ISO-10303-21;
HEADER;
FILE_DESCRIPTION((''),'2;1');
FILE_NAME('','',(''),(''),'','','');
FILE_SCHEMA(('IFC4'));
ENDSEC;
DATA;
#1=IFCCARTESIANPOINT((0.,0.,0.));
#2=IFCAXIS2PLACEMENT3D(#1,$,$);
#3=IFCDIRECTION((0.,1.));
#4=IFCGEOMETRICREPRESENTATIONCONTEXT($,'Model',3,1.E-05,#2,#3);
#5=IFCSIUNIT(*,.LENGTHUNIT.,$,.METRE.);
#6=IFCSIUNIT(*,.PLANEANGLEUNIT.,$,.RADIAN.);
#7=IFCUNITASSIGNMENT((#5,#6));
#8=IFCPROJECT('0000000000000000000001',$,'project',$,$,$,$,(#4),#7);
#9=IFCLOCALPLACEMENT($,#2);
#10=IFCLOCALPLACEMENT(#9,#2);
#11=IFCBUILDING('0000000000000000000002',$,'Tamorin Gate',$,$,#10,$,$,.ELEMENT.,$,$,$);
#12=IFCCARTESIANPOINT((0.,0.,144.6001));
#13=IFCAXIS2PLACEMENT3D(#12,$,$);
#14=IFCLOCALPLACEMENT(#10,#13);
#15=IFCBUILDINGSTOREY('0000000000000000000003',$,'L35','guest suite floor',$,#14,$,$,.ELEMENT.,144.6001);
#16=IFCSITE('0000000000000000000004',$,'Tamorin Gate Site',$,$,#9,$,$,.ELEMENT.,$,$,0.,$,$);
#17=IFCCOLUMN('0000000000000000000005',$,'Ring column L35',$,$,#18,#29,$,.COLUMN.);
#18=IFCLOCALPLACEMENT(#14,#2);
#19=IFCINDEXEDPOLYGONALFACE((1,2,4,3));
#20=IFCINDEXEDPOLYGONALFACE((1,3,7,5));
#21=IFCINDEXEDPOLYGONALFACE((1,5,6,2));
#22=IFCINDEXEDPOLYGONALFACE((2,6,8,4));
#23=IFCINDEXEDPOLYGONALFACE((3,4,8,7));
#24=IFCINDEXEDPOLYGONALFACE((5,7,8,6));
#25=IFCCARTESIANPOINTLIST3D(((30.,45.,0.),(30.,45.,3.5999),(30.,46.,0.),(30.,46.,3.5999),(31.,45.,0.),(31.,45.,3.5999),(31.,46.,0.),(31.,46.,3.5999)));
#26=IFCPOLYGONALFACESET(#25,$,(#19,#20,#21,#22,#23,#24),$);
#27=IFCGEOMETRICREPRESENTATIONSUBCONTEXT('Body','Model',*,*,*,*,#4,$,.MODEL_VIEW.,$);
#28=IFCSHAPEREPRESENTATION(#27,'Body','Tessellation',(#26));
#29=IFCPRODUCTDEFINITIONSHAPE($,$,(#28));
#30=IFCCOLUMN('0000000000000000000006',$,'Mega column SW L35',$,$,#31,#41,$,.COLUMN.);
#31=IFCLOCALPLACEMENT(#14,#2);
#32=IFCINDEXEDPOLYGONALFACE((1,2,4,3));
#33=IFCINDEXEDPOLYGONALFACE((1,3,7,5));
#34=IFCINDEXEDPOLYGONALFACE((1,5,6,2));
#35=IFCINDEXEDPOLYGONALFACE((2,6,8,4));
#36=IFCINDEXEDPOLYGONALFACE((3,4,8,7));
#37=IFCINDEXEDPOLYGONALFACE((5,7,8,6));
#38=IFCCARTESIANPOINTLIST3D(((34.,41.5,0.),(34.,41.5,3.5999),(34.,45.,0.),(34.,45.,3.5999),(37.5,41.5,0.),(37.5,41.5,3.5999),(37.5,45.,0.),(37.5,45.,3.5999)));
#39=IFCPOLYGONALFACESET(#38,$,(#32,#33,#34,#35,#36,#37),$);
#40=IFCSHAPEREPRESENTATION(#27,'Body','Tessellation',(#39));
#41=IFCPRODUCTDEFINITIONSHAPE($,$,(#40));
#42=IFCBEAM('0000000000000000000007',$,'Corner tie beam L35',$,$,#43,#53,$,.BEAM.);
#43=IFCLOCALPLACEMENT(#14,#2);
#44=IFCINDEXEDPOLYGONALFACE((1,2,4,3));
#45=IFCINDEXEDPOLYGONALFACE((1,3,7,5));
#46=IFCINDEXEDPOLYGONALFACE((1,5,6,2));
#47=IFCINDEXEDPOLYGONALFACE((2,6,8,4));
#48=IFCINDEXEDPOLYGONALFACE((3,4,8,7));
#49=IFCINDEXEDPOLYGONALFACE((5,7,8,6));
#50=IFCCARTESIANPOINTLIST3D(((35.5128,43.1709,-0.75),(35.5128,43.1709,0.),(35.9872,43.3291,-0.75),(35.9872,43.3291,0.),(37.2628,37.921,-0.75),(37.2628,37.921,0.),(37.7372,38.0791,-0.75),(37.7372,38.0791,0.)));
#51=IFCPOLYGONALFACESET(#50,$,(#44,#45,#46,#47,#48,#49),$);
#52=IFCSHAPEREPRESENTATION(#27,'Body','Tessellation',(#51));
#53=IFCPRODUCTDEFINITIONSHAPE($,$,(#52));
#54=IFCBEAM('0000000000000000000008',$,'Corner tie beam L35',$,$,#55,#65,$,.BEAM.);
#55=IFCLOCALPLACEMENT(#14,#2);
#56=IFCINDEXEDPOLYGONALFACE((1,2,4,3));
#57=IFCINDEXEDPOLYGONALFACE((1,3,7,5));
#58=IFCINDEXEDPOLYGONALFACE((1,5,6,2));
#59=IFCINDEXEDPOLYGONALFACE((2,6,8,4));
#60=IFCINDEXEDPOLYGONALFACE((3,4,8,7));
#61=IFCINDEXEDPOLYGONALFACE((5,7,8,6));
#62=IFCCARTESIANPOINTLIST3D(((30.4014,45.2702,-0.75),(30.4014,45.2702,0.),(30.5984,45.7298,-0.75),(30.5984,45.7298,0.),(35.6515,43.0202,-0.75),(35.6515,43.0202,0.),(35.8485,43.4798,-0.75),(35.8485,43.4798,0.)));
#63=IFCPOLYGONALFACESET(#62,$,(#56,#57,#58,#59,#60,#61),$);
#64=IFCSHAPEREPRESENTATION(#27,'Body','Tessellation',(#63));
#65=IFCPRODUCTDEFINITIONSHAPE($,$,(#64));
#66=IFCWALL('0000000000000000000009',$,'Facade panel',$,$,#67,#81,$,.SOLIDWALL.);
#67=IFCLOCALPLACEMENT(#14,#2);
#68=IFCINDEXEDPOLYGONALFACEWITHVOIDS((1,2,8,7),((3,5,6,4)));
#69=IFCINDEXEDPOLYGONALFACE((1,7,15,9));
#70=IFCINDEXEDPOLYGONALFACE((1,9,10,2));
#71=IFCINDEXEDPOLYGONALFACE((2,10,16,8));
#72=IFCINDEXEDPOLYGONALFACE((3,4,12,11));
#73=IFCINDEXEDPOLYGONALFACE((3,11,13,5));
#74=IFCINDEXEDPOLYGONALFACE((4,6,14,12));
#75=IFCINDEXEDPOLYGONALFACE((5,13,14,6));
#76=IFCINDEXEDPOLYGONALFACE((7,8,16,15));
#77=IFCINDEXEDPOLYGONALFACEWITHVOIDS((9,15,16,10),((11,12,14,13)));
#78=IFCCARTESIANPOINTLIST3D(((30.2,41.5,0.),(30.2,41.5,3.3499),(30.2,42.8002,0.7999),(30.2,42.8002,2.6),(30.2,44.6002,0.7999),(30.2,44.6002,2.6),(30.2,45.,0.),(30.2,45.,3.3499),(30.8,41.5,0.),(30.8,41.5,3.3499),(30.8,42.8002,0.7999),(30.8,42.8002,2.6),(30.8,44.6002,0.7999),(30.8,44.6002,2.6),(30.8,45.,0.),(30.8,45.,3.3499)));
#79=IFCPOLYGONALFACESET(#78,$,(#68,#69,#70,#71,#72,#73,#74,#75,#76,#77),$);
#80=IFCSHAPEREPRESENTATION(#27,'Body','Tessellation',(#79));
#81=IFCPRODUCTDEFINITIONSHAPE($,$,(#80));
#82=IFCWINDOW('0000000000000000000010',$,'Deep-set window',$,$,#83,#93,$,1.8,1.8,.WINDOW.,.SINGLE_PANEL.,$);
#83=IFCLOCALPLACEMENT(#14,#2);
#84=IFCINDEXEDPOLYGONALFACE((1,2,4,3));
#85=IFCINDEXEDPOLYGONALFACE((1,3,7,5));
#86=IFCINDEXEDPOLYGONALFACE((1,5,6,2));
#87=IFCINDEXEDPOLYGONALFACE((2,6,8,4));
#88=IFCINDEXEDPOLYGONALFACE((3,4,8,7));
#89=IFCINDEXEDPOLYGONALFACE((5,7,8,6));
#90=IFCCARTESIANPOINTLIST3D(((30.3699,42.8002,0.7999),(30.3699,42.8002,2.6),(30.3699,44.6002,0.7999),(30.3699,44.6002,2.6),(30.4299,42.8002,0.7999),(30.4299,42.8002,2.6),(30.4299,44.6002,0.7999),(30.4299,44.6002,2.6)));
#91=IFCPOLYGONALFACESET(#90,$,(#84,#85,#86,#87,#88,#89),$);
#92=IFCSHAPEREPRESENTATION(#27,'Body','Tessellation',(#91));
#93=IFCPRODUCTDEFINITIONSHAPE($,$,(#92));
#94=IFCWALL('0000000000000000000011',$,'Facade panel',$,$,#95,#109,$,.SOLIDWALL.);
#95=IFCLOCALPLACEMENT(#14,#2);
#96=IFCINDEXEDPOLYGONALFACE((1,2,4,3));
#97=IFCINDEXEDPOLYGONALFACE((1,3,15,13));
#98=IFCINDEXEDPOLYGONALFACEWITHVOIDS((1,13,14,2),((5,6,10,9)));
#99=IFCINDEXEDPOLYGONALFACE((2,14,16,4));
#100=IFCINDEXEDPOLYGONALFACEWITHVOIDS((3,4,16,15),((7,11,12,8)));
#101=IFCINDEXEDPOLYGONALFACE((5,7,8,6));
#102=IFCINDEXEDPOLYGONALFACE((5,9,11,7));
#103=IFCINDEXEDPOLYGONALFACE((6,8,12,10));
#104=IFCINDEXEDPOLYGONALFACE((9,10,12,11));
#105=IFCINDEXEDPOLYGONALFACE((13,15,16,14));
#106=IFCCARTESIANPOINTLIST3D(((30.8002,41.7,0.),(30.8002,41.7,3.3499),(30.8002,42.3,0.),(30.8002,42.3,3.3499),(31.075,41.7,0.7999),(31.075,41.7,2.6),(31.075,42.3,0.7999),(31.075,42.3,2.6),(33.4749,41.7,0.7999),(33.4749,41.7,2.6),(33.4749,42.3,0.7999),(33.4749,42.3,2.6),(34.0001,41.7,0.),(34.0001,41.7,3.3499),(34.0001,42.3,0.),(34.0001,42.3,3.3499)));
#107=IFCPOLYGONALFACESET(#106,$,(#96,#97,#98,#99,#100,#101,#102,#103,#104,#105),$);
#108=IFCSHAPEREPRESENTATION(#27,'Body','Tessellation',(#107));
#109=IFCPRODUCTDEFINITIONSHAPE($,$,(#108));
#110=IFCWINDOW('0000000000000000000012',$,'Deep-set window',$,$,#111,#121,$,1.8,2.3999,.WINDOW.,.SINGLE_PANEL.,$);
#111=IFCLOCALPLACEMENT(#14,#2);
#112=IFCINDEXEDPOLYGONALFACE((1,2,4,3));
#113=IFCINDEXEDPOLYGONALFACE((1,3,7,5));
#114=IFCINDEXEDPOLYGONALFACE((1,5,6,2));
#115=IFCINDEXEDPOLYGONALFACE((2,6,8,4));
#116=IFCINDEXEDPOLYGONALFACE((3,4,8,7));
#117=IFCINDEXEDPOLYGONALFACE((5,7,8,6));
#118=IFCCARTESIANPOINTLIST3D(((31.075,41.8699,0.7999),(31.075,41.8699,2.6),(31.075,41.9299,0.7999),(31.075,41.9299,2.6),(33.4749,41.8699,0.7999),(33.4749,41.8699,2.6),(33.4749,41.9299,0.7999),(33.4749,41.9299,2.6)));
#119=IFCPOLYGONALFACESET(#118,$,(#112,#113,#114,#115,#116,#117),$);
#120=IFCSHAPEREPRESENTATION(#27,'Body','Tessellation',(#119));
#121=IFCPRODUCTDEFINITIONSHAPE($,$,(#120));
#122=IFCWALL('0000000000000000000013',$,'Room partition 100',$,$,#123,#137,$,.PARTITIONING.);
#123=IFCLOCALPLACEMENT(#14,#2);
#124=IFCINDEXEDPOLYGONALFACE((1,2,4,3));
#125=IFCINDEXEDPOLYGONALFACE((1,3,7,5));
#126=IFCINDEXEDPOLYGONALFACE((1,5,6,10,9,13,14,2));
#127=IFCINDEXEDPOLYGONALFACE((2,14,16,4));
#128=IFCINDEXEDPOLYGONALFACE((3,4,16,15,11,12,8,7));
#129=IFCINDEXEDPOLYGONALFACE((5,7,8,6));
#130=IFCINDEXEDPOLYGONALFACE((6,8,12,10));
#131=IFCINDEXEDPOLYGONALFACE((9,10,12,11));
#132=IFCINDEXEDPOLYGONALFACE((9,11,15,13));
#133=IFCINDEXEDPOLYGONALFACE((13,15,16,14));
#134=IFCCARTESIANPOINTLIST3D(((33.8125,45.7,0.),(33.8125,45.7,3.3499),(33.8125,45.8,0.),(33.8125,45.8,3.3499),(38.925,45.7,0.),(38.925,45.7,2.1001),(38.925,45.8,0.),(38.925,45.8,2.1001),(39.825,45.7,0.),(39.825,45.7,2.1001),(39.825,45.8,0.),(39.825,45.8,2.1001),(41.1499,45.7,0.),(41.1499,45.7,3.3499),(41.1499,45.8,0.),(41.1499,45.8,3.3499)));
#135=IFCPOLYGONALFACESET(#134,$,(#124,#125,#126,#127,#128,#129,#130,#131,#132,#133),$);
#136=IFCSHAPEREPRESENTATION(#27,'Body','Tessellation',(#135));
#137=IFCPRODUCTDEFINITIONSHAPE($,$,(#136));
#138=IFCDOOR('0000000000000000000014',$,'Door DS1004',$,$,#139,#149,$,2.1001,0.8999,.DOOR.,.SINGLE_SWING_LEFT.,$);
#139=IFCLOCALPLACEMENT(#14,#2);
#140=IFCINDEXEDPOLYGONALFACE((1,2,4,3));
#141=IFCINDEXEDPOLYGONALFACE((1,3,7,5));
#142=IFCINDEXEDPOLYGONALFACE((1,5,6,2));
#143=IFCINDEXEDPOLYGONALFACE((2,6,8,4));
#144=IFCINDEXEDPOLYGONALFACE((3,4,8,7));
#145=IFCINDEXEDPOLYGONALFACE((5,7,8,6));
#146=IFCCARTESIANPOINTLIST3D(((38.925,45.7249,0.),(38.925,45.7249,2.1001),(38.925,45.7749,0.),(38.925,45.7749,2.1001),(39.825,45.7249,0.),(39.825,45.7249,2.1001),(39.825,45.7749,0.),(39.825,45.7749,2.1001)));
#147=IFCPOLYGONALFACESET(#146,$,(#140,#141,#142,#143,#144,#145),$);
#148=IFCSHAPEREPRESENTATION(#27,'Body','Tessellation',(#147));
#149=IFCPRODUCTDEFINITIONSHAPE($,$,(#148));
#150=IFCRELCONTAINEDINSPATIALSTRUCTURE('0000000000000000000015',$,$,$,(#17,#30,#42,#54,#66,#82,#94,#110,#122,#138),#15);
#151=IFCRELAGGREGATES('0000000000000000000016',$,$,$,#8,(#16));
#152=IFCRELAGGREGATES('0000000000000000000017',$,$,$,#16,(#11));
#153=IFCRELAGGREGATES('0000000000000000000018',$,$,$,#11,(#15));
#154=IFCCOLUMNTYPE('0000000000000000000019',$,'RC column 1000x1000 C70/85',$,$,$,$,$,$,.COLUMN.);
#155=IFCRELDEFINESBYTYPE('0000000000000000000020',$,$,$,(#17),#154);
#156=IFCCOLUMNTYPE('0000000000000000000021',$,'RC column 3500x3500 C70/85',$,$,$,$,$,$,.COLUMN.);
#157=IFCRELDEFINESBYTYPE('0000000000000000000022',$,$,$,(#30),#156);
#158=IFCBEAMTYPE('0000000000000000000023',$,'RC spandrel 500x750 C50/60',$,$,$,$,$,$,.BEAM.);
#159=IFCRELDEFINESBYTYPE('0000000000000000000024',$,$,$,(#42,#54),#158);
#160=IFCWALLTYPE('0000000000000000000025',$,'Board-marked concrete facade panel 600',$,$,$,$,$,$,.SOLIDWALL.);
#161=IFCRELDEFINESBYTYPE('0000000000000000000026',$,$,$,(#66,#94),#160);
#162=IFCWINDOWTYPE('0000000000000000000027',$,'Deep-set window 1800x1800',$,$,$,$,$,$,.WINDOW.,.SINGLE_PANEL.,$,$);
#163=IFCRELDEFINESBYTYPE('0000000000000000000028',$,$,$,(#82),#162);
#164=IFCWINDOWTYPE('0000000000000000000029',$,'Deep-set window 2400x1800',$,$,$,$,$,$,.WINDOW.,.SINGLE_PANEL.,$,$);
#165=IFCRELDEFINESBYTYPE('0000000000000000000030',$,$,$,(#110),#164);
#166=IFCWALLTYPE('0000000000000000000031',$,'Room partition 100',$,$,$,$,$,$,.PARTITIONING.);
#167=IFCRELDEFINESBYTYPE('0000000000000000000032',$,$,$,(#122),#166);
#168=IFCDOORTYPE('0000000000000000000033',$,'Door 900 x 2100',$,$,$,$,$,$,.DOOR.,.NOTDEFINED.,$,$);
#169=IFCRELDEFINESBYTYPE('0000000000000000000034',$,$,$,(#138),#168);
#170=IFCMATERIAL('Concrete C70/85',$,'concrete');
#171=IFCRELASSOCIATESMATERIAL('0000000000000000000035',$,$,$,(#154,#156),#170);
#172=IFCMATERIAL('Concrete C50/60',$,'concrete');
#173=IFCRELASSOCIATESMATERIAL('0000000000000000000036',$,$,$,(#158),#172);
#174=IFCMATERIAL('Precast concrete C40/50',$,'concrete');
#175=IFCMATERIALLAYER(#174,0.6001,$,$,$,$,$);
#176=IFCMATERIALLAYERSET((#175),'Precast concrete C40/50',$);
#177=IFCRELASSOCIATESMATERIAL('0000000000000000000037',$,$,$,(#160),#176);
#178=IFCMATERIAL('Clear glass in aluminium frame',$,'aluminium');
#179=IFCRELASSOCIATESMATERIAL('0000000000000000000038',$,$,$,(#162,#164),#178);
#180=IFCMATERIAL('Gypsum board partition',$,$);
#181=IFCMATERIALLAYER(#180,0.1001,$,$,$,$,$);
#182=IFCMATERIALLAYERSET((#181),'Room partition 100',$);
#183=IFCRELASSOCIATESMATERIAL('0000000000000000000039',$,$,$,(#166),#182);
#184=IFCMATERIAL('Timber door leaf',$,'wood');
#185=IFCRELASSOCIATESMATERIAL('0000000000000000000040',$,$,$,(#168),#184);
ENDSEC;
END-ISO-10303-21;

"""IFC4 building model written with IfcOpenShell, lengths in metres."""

from ifc_helpers import new_model, si_unit, direction, frame, frame_2d, origin, origin_2d, place, context, subcontext, project, spatial, rectangle, extrude, material, layer, layer_set, material_profile, profile_set, type_object, element, fill, save


model = new_model("IFC4")

# Units and contexts
model_context = context("Model", 3, precision=1e-05, world=origin(), true_north=direction((0.0, 1.0)))
body_context = subcontext(model_context, "Body", "Model", "MODEL_VIEW")
ifc_project = project(units=[si_unit("LENGTHUNIT", "METRE"), si_unit("PLANEANGLEUNIT", "RADIAN")], contexts=[model_context])

# Site, building, storey
site_placement = place(None, origin())
site = spatial("IfcSite", under=ifc_project, at=site_placement, Name="Tamorin Gate Site", CompositionType="ELEMENT", RefElevation=0.0)
building_placement = place(site_placement, origin())
building = spatial("IfcBuilding", under=site, at=building_placement, Name="Tamorin Gate", CompositionType="ELEMENT")
storey_placement = place(building_placement, frame((0.0, 0.0, 144.6001)))
storey = spatial("IfcBuildingStorey", under=building, at=storey_placement, Name="L35", Description="guest suite floor", CompositionType="ELEMENT", Elevation=144.6001)

# Columns
ifc_material_1 = material(Name="Concrete C70/85", Category="concrete")
ifc_material_profile_1 = material_profile(ifc_material_1, rectangle(XDim=1.0, YDim=1.0, at=origin_2d()), Name="RC 1000x1000")
ifc_profile_set_1 = profile_set([ifc_material_profile_1], Name="Concrete C70/85")
column_type_1 = type_object("IfcColumnType", Name="RC column 1000x1000 C70/85", PredefinedType="COLUMN", material=ifc_profile_set_1)
column_1_placement = place(storey_placement, frame((30.5, 45.5, 0.0), z_axis=(0.0, 0.0, 1.0), x_axis=(1.0, 0.0, 0.0)))
element("IfcColumn", 1, at=column_1_placement, inside=storey, type_object=column_type_1, Name="Ring column L35", PredefinedType="COLUMN", context=body_context, shape_type="SweptSolid", body=[
    extrude(rectangle(XDim=1.0, YDim=1.0, at=origin_2d()), origin(), (0.0, 0.0, 1.0), 3.5999),
])
ifc_material_profile_2 = material_profile(ifc_material_1, rectangle(XDim=3.5, YDim=3.5, at=origin_2d()), Name="RC 3500x3500")
ifc_profile_set_2 = profile_set([ifc_material_profile_2], Name="Concrete C70/85")
column_type_2 = type_object("IfcColumnType", Name="RC column 3500x3500 C70/85", PredefinedType="COLUMN", material=ifc_profile_set_2)
column_2_placement = place(storey_placement, frame((35.75, 43.25, 0.0), z_axis=(0.0, 0.0, 1.0), x_axis=(1.0, 0.0, 0.0)))
element("IfcColumn", 2, at=column_2_placement, inside=storey, type_object=column_type_2, Name="Mega column SW L35", PredefinedType="COLUMN", context=body_context, shape_type="SweptSolid", body=[
    extrude(rectangle(XDim=3.5, YDim=3.5, at=origin_2d()), origin(), (0.0, 0.0, 1.0), 3.5999),
])

# Beams
ifc_material_2 = material(Name="Concrete C50/60", Category="concrete")
ifc_material_profile_3 = material_profile(ifc_material_2, rectangle(XDim=0.5, YDim=0.75, at=origin_2d()), Name="RC 500x750")
ifc_profile_set_3 = profile_set([ifc_material_profile_3], Name="Concrete C50/60")
beam_type = type_object("IfcBeamType", Name="RC spandrel 500x750 C50/60", PredefinedType="BEAM", material=ifc_profile_set_3)
beam_1_placement = place(storey_placement, frame((35.75, 43.25, -0.375), z_axis=(0.316228, -0.948683, 0.0), x_axis=(0.948683, 0.316228, 0.0)))
element("IfcBeam", 3, at=beam_1_placement, inside=storey, type_object=beam_type, Name="Corner tie beam L35", PredefinedType="BEAM", context=body_context, shape_type="SweptSolid", body=[
    extrude(rectangle(XDim=0.5, YDim=0.75, at=origin_2d()), origin(), (0.0, 0.0, 1.0), 5.5339),
])
beam_2_placement = place(storey_placement, frame((35.75, 43.25, -0.375), z_axis=(-0.919145, 0.393919, 0.0), x_axis=(-0.393919, -0.919145, 0.0)))
element("IfcBeam", 4, at=beam_2_placement, inside=storey, type_object=beam_type, Name="Corner tie beam L35", PredefinedType="BEAM", context=body_context, shape_type="SweptSolid", body=[
    extrude(rectangle(XDim=0.5, YDim=0.75, at=origin_2d()), origin(), (0.0, 0.0, 1.0), 5.7119),
])

# Walls, openings, windows
ifc_material_3 = material(Name="Precast concrete C40/50", Category="concrete")
ifc_layer_1 = layer(ifc_material_3, 0.6001)
ifc_layer_set_1 = layer_set([ifc_layer_1], Name="Precast concrete C40/50")
wall_type_1 = type_object("IfcWallType", Name="Board-marked concrete facade panel 600", PredefinedType="SOLIDWALL", material=ifc_layer_set_1)
wall_1_placement = place(storey_placement, frame((30.5, 45.0, 0.0), z_axis=(0.0, 0.0, 1.0), x_axis=(0.0, -1.0, 0.0)))
wall_1 = element("IfcWall", 5, at=wall_1_placement, inside=storey, type_object=wall_type_1, Name="Facade panel", PredefinedType="SOLIDWALL", context=body_context, shape_type="SweptSolid", body=[
    extrude(rectangle(XDim=3.5, YDim=0.6001, at=frame_2d((1.75, 0.0))), origin(), (0.0, 0.0, 1.0), 3.3499),
])
opening_1_placement = place(wall_1_placement, frame((0.3999, 0.0, 0.8)))
opening_1 = element("IfcOpeningElement", 6, at=opening_1_placement, cuts=wall_1, PredefinedType="OPENING", context=body_context, shape_type="SweptSolid", body=[
    extrude(rectangle(XDim=1.8, YDim=1.8, at=frame_2d((0.8999, 0.8999))), frame((0.0, 0.3101, 0.0), z_axis=(0.0, -1.0, 0.0), x_axis=(1.0, 0.0, 0.0)), (0.0, 0.0, 1.0), 0.6201),
])
ifc_material_4 = material(Name="Clear glass in aluminium frame", Category="aluminium")
window_type_1 = type_object("IfcWindowType", Name="Deep-set window 1800x1800", PartitioningType="SINGLE_PANEL", PredefinedType="WINDOW", material=ifc_material_4)
window_1_placement = place(opening_1_placement, origin())
window_1 = element("IfcWindow", 7, at=window_1_placement, inside=storey, type_object=window_type_1, Name="Deep-set window", OverallHeight=1.8, OverallWidth=1.8, PartitioningType="SINGLE_PANEL", PredefinedType="WINDOW", context=body_context, shape_type="SweptSolid", body=[
    extrude(rectangle(XDim=1.8, YDim=1.8, at=frame_2d((0.8999, 0.8999))), frame((0.0, -0.0701, 0.0), z_axis=(0.0, -1.0, 0.0), x_axis=(1.0, 0.0, 0.0)), (0.0, 0.0, 1.0), 0.0601),
])
fill(opening_1, window_1)
wall_2_placement = place(storey_placement, frame((30.8, 42.0, 0.0), z_axis=(0.0, 0.0, 1.0), x_axis=(1.0, 0.0, 0.0)))
wall_2 = element("IfcWall", 8, at=wall_2_placement, inside=storey, type_object=wall_type_1, Name="Facade panel", PredefinedType="SOLIDWALL", context=body_context, shape_type="SweptSolid", body=[
    extrude(rectangle(XDim=3.2, YDim=0.6001, at=frame_2d((1.6001, 0.0))), origin(), (0.0, 0.0, 1.0), 3.3499),
])
opening_2_placement = place(wall_2_placement, frame((0.2749, 0.0, 0.8)))
opening_2 = element("IfcOpeningElement", 9, at=opening_2_placement, cuts=wall_2, PredefinedType="OPENING", context=body_context, shape_type="SweptSolid", body=[
    extrude(rectangle(XDim=2.3999, YDim=1.8, at=frame_2d((1.2, 0.8999))), frame((0.0, 0.3101, 0.0), z_axis=(0.0, -1.0, 0.0), x_axis=(1.0, 0.0, 0.0)), (0.0, 0.0, 1.0), 0.6201),
])
window_type_2 = type_object("IfcWindowType", Name="Deep-set window 2400x1800", PartitioningType="SINGLE_PANEL", PredefinedType="WINDOW", material=ifc_material_4)
window_2_placement = place(opening_2_placement, origin())
window_2 = element("IfcWindow", 10, at=window_2_placement, inside=storey, type_object=window_type_2, Name="Deep-set window", OverallHeight=1.8, OverallWidth=2.3999, PartitioningType="SINGLE_PANEL", PredefinedType="WINDOW", context=body_context, shape_type="SweptSolid", body=[
    extrude(rectangle(XDim=2.3999, YDim=1.8, at=frame_2d((1.2, 0.8999))), frame((0.0, -0.0701, 0.0), z_axis=(0.0, -1.0, 0.0), x_axis=(1.0, 0.0, 0.0)), (0.0, 0.0, 1.0), 0.0601),
])
fill(opening_2, window_2)

# Wall, opening, door
ifc_material_5 = material(Name="Gypsum board partition")
ifc_layer_2 = layer(ifc_material_5, 0.1001)
ifc_layer_set_2 = layer_set([ifc_layer_2], Name="Room partition 100")
wall_type_2 = type_object("IfcWallType", Name="Room partition 100", PredefinedType="PARTITIONING", material=ifc_layer_set_2)
wall_3_placement = place(storey_placement, frame((33.8125, 45.75, 0.0), z_axis=(0.0, 0.0, 1.0), x_axis=(1.0, 0.0, 0.0)))
wall_3 = element("IfcWall", 11, at=wall_3_placement, inside=storey, type_object=wall_type_2, Name="Room partition 100", PredefinedType="PARTITIONING", context=body_context, shape_type="SweptSolid", body=[
    extrude(rectangle(XDim=7.3374, YDim=0.1001, at=frame_2d((3.6687, 0.0))), origin(), (0.0, 0.0, 1.0), 3.3499),
])
opening_3_placement = place(wall_3_placement, frame((5.1125, 0.0, 0.0)))
opening_3 = element("IfcOpeningElement", 12, at=opening_3_placement, cuts=wall_3, PredefinedType="OPENING", context=body_context, shape_type="SweptSolid", body=[
    extrude(rectangle(XDim=0.8999, YDim=2.1001, at=frame_2d((0.45, 1.05))), frame((0.0, 0.0601, 0.0), z_axis=(0.0, -1.0, 0.0), x_axis=(1.0, 0.0, 0.0)), (0.0, 0.0, 1.0), 0.1201),
])
ifc_material_6 = material(Name="Timber door leaf", Category="wood")
door_type = type_object("IfcDoorType", Name="Door 900 x 2100", OperationType="NOTDEFINED", PredefinedType="DOOR", material=ifc_material_6)
door_1_placement = place(opening_3_placement, origin())
door_1 = element("IfcDoor", 13, at=door_1_placement, inside=storey, type_object=door_type, Name="Door DS1004", OperationType="SINGLE_SWING_LEFT", OverallHeight=2.1001, OverallWidth=0.8999, PredefinedType="DOOR", context=body_context, shape_type="SweptSolid", body=[
    extrude(rectangle(XDim=0.8999, YDim=2.1001, at=frame_2d((0.45, 1.05))), frame((0.0, 0.0249, 0.0), z_axis=(0.0, -1.0, 0.0), x_axis=(1.0, 0.0, 0.0)), (0.0, 0.0, 1.0), 0.05),
])
fill(opening_3, door_1)

save(model, "model.ifc")
